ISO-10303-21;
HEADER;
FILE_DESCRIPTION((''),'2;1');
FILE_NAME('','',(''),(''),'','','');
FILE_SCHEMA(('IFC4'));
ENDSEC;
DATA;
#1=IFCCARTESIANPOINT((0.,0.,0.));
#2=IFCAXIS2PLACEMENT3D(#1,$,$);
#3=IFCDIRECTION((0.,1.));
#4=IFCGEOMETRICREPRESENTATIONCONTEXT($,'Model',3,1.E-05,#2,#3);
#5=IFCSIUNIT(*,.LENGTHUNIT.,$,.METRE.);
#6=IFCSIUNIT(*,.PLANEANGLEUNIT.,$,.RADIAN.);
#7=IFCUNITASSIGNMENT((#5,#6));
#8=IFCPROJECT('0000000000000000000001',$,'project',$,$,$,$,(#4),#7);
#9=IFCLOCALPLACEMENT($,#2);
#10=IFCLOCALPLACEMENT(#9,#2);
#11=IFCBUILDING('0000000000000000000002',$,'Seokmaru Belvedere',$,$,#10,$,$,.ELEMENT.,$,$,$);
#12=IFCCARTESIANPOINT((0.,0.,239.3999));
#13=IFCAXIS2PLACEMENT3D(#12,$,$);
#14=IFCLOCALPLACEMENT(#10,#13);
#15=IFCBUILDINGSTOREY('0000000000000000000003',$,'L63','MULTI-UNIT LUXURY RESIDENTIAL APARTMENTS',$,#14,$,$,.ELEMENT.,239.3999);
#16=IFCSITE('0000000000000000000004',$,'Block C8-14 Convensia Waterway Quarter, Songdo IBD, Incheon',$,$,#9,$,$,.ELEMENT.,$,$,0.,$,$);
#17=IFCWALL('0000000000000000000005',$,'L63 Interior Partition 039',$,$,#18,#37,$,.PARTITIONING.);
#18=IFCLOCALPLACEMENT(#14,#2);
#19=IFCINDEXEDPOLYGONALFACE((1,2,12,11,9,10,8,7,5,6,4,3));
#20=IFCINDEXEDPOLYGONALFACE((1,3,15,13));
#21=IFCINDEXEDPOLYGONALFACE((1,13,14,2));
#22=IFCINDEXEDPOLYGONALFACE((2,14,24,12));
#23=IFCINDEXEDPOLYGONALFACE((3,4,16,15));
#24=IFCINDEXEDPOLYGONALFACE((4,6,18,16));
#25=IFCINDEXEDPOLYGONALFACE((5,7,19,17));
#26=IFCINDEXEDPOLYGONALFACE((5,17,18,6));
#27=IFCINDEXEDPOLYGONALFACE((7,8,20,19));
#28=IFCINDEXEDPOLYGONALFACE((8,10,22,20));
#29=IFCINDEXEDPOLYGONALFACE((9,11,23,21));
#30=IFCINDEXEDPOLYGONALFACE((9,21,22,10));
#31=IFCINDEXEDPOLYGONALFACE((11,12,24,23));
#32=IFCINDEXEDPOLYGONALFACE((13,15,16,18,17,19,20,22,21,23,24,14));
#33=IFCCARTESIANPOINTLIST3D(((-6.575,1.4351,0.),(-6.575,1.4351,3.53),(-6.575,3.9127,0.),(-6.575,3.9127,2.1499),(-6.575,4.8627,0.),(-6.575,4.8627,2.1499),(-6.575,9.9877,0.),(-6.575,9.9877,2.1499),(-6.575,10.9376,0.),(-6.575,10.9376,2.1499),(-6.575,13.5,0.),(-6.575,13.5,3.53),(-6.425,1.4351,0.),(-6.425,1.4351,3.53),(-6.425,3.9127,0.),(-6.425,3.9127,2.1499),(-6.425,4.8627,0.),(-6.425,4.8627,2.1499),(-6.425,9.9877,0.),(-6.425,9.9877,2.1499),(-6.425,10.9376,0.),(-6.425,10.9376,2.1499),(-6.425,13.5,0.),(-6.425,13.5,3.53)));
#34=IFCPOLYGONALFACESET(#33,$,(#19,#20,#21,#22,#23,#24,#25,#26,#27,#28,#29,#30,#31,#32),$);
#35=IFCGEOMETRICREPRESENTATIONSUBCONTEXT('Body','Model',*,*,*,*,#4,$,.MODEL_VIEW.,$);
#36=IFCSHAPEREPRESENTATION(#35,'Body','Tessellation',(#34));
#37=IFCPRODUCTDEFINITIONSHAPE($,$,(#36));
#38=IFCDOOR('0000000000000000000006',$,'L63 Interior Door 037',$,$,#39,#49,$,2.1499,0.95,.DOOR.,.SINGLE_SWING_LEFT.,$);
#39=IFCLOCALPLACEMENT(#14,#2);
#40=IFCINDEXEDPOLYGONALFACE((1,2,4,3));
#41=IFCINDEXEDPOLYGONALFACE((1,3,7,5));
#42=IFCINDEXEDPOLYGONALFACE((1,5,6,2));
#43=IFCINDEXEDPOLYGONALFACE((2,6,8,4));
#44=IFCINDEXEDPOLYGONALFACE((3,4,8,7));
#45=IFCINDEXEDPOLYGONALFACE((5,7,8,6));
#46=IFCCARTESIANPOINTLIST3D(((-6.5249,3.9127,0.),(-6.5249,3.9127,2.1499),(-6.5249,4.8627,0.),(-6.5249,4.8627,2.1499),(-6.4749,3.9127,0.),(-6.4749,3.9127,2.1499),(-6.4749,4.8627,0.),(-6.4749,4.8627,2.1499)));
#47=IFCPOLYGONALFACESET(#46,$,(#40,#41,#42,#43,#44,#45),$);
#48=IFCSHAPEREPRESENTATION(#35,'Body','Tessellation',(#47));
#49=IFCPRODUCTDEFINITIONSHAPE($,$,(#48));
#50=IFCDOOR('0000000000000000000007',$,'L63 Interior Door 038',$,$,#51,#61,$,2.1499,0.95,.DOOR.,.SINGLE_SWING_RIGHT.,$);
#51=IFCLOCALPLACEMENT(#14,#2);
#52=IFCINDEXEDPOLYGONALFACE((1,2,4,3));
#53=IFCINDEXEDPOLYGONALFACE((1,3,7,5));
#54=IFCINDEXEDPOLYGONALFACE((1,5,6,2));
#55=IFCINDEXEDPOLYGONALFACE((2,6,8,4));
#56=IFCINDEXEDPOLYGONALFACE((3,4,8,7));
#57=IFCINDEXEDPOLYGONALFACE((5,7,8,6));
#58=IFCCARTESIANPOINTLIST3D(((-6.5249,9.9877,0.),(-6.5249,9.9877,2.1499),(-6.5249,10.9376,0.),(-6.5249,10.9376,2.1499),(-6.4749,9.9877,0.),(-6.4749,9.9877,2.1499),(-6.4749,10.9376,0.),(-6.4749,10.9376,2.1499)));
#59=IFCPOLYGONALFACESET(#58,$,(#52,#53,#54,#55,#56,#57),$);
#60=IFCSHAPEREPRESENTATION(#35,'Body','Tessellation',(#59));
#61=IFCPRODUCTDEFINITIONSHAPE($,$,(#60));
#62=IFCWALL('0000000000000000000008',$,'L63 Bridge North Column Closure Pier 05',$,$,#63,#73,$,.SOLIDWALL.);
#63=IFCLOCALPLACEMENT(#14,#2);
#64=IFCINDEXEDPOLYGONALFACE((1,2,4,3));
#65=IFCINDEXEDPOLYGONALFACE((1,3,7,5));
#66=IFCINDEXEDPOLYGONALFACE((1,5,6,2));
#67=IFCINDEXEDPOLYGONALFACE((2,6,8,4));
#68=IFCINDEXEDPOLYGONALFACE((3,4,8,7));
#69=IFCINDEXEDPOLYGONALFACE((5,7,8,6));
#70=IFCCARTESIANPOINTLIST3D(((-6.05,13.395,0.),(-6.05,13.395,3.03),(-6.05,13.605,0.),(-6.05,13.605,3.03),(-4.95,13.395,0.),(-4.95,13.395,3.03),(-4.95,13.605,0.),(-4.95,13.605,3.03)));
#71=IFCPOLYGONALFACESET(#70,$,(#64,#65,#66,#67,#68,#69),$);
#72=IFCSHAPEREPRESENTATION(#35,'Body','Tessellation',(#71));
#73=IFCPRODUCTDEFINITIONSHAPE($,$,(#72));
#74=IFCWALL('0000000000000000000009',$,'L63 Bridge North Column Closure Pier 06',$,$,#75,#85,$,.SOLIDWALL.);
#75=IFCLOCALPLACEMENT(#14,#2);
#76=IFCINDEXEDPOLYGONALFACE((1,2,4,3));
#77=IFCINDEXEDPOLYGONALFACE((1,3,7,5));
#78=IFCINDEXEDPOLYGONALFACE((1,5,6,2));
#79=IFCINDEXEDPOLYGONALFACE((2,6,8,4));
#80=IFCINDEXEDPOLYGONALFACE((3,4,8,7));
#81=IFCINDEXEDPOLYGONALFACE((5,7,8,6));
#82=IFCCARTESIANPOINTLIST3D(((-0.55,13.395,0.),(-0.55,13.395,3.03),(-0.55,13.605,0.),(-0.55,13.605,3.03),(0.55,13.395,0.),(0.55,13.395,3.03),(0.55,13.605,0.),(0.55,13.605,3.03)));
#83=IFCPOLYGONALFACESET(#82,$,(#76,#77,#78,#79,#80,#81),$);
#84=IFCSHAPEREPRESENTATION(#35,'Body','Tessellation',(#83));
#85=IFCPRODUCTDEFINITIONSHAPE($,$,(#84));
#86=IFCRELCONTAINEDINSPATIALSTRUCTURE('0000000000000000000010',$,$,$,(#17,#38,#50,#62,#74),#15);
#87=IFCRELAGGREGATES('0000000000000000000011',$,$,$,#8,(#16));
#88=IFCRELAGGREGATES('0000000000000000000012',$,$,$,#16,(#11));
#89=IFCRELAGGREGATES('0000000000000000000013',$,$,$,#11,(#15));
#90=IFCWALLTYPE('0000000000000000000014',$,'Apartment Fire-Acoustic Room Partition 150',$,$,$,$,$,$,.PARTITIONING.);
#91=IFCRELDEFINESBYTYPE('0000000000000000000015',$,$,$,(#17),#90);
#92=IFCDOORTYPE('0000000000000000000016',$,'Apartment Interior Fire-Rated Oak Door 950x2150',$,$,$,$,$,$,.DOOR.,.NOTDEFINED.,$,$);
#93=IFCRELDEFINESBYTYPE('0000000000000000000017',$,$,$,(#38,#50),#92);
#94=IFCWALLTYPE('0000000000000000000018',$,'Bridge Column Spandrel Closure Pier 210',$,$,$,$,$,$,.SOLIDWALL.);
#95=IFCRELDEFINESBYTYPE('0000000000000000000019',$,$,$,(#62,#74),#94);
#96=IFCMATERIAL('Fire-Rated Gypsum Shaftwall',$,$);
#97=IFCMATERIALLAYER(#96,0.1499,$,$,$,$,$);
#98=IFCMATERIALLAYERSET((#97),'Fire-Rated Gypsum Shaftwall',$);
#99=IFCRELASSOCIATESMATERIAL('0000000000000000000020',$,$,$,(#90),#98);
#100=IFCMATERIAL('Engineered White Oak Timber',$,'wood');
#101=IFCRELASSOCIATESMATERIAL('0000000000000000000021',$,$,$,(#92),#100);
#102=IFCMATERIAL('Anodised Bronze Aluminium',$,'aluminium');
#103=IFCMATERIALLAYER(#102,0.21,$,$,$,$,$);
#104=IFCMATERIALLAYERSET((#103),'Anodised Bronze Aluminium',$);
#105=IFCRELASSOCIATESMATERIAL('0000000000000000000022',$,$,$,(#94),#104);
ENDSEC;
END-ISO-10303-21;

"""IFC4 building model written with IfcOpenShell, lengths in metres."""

from ifc_helpers import new_model, si_unit, direction, frame, frame_2d, origin, place, context, subcontext, project, spatial, rectangle, extrude, source, transform, mapped, material, layer, layer_set, type_object, type_shapes, element, fill, save


model = new_model("IFC4")

# Units and contexts
model_context = context("Model", 3, precision=1e-05, world=origin(), true_north=direction((0.0, 1.0)))
body_context = subcontext(model_context, "Body", "Model", "MODEL_VIEW")
ifc_project = project(units=[si_unit("LENGTHUNIT", "METRE"), si_unit("PLANEANGLEUNIT", "RADIAN")], contexts=[model_context])

# Site, building, storey
site_placement = place(None, origin())
site = spatial("IfcSite", under=ifc_project, at=site_placement, Name="Block C8-14 Convensia Waterway Quarter, Songdo IBD, Incheon", CompositionType="ELEMENT", RefElevation=0.0)
building_placement = place(site_placement, origin())
building = spatial("IfcBuilding", under=site, at=building_placement, Name="Seokmaru Belvedere", CompositionType="ELEMENT")
storey_placement = place(building_placement, frame((0.0, 0.0, 239.3999)))
storey = spatial("IfcBuildingStorey", under=building, at=storey_placement, Name="L63", Description="MULTI-UNIT LUXURY RESIDENTIAL APARTMENTS", CompositionType="ELEMENT", Elevation=239.3999)

# Shared definitions
ifc_material_1 = material(Name="Anodised Bronze Aluminium", Category="aluminium")

# Wall, openings, doors
ifc_material_2 = material(Name="Fire-Rated Gypsum Shaftwall")
ifc_layer_1 = layer(ifc_material_2, 0.1499)
ifc_layer_set_1 = layer_set([ifc_layer_1], Name="Fire-Rated Gypsum Shaftwall")
wall_type_1 = type_object("IfcWallType", Name="Apartment Fire-Acoustic Room Partition 150", PredefinedType="PARTITIONING", material=ifc_layer_set_1)
wall_placement = place(storey_placement, frame((-6.5, 1.4351, 0.0), z_axis=(0.0, 0.0, 1.0), x_axis=(0.0, 1.0, 0.0)))
wall = element("IfcWall", 1, at=wall_placement, inside=storey, type_object=wall_type_1, Name="L63 Interior Partition 039", PredefinedType="PARTITIONING", context=body_context, shape_type="SweptSolid", body=[
    extrude(rectangle(XDim=12.0649, YDim=0.1499, at=frame_2d((6.0325, 0.0))), origin(), (0.0, 0.0, 1.0), 3.53),
])
opening_1_placement = place(wall_placement, frame((2.4775, 0.0, 0.0)))
opening_1 = element("IfcOpeningElement", 2, at=opening_1_placement, cuts=wall, PredefinedType="OPENING", context=body_context, shape_type="SweptSolid", body=[
    extrude(rectangle(XDim=0.95, YDim=2.1499, at=frame_2d((0.4751, 1.075))), frame((0.0, 0.085, 0.0), z_axis=(0.0, -1.0, 0.0), x_axis=(1.0, 0.0, 0.0)), (0.0, 0.0, 1.0), 0.1699),
])
opening_2_placement = place(wall_placement, frame((8.5525, 0.0, 0.0)))
opening_2 = element("IfcOpeningElement", 3, at=opening_2_placement, cuts=wall, PredefinedType="OPENING", context=body_context, shape_type="SweptSolid", body=[
    extrude(rectangle(XDim=0.95, YDim=2.1499, at=frame_2d((0.4751, 1.075))), frame((0.0, 0.085, 0.0), z_axis=(0.0, -1.0, 0.0), x_axis=(1.0, 0.0, 0.0)), (0.0, 0.0, 1.0), 0.1699),
])
ifc_material_3 = material(Name="Engineered White Oak Timber", Category="wood")
door_type = type_object("IfcDoorType", Name="Apartment Interior Fire-Rated Oak Door 950x2150", OperationType="NOTDEFINED", PredefinedType="DOOR", material=ifc_material_3)
shared_shape_1 = source(origin(), body_context, "Body", "SweptSolid", [
    extrude(rectangle(XDim=0.95, YDim=2.1499, at=frame_2d((0.4751, 1.075))), frame((0.0, 0.0249, 0.0), z_axis=(0.0, -1.0, 0.0), x_axis=(1.0, 0.0, 0.0)), (0.0, 0.0, 1.0), 0.05),
])
type_shapes(door_type, [shared_shape_1])
door_1_placement = place(opening_1_placement, origin())
door_1 = element("IfcDoor", 4, at=door_1_placement, inside=storey, type_object=door_type, Name="L63 Interior Door 037", OperationType="SINGLE_SWING_LEFT", OverallHeight=2.1499, OverallWidth=0.95, PredefinedType="DOOR", context=body_context, shape_type="MappedRepresentation", body=[
    mapped(shared_shape_1, transform((0.0, 0.0, 0.0), scale=1.0)),
])
fill(opening_1, door_1)
door_2_placement = place(opening_2_placement, origin())
door_2 = element("IfcDoor", 5, at=door_2_placement, inside=storey, type_object=door_type, Name="L63 Interior Door 038", OperationType="SINGLE_SWING_RIGHT", OverallHeight=2.1499, OverallWidth=0.95, PredefinedType="DOOR", context=body_context, shape_type="MappedRepresentation", body=[
    mapped(shared_shape_1, transform((0.0, 0.0, 0.0), scale=1.0)),
])
fill(opening_2, door_2)

# Walls
ifc_layer_2 = layer(ifc_material_1, 0.21)
ifc_layer_set_2 = layer_set([ifc_layer_2], Name="Anodised Bronze Aluminium")
wall_type_2 = type_object("IfcWallType", Name="Bridge Column Spandrel Closure Pier 210", PredefinedType="SOLIDWALL", material=ifc_layer_set_2)
for number, where, z_axis, x_axis, name in (
    (6, (-6.05, 13.5, 0.0), (0.0, 0.0, 1.0), (1.0, 0.0, 0.0), "L63 Bridge North Column Closure Pier 05"),
    (7, (-0.55, 13.5, 0.0), (0.0, 0.0, 1.0), (1.0, 0.0, 0.0), "L63 Bridge North Column Closure Pier 06"),
):
    element("IfcWall", number, at=place(storey_placement, frame(where, z_axis=z_axis, x_axis=x_axis)), inside=storey, type_object=wall_type_2, Name=name, PredefinedType="SOLIDWALL", context=body_context, shape_type="SweptSolid", body=[
        extrude(rectangle(XDim=1.1001, YDim=0.21, at=frame_2d((0.55, 0.0))), origin(), (0.0, 0.0, 1.0), 3.03),
    ])

save(model, "model.ifc")
